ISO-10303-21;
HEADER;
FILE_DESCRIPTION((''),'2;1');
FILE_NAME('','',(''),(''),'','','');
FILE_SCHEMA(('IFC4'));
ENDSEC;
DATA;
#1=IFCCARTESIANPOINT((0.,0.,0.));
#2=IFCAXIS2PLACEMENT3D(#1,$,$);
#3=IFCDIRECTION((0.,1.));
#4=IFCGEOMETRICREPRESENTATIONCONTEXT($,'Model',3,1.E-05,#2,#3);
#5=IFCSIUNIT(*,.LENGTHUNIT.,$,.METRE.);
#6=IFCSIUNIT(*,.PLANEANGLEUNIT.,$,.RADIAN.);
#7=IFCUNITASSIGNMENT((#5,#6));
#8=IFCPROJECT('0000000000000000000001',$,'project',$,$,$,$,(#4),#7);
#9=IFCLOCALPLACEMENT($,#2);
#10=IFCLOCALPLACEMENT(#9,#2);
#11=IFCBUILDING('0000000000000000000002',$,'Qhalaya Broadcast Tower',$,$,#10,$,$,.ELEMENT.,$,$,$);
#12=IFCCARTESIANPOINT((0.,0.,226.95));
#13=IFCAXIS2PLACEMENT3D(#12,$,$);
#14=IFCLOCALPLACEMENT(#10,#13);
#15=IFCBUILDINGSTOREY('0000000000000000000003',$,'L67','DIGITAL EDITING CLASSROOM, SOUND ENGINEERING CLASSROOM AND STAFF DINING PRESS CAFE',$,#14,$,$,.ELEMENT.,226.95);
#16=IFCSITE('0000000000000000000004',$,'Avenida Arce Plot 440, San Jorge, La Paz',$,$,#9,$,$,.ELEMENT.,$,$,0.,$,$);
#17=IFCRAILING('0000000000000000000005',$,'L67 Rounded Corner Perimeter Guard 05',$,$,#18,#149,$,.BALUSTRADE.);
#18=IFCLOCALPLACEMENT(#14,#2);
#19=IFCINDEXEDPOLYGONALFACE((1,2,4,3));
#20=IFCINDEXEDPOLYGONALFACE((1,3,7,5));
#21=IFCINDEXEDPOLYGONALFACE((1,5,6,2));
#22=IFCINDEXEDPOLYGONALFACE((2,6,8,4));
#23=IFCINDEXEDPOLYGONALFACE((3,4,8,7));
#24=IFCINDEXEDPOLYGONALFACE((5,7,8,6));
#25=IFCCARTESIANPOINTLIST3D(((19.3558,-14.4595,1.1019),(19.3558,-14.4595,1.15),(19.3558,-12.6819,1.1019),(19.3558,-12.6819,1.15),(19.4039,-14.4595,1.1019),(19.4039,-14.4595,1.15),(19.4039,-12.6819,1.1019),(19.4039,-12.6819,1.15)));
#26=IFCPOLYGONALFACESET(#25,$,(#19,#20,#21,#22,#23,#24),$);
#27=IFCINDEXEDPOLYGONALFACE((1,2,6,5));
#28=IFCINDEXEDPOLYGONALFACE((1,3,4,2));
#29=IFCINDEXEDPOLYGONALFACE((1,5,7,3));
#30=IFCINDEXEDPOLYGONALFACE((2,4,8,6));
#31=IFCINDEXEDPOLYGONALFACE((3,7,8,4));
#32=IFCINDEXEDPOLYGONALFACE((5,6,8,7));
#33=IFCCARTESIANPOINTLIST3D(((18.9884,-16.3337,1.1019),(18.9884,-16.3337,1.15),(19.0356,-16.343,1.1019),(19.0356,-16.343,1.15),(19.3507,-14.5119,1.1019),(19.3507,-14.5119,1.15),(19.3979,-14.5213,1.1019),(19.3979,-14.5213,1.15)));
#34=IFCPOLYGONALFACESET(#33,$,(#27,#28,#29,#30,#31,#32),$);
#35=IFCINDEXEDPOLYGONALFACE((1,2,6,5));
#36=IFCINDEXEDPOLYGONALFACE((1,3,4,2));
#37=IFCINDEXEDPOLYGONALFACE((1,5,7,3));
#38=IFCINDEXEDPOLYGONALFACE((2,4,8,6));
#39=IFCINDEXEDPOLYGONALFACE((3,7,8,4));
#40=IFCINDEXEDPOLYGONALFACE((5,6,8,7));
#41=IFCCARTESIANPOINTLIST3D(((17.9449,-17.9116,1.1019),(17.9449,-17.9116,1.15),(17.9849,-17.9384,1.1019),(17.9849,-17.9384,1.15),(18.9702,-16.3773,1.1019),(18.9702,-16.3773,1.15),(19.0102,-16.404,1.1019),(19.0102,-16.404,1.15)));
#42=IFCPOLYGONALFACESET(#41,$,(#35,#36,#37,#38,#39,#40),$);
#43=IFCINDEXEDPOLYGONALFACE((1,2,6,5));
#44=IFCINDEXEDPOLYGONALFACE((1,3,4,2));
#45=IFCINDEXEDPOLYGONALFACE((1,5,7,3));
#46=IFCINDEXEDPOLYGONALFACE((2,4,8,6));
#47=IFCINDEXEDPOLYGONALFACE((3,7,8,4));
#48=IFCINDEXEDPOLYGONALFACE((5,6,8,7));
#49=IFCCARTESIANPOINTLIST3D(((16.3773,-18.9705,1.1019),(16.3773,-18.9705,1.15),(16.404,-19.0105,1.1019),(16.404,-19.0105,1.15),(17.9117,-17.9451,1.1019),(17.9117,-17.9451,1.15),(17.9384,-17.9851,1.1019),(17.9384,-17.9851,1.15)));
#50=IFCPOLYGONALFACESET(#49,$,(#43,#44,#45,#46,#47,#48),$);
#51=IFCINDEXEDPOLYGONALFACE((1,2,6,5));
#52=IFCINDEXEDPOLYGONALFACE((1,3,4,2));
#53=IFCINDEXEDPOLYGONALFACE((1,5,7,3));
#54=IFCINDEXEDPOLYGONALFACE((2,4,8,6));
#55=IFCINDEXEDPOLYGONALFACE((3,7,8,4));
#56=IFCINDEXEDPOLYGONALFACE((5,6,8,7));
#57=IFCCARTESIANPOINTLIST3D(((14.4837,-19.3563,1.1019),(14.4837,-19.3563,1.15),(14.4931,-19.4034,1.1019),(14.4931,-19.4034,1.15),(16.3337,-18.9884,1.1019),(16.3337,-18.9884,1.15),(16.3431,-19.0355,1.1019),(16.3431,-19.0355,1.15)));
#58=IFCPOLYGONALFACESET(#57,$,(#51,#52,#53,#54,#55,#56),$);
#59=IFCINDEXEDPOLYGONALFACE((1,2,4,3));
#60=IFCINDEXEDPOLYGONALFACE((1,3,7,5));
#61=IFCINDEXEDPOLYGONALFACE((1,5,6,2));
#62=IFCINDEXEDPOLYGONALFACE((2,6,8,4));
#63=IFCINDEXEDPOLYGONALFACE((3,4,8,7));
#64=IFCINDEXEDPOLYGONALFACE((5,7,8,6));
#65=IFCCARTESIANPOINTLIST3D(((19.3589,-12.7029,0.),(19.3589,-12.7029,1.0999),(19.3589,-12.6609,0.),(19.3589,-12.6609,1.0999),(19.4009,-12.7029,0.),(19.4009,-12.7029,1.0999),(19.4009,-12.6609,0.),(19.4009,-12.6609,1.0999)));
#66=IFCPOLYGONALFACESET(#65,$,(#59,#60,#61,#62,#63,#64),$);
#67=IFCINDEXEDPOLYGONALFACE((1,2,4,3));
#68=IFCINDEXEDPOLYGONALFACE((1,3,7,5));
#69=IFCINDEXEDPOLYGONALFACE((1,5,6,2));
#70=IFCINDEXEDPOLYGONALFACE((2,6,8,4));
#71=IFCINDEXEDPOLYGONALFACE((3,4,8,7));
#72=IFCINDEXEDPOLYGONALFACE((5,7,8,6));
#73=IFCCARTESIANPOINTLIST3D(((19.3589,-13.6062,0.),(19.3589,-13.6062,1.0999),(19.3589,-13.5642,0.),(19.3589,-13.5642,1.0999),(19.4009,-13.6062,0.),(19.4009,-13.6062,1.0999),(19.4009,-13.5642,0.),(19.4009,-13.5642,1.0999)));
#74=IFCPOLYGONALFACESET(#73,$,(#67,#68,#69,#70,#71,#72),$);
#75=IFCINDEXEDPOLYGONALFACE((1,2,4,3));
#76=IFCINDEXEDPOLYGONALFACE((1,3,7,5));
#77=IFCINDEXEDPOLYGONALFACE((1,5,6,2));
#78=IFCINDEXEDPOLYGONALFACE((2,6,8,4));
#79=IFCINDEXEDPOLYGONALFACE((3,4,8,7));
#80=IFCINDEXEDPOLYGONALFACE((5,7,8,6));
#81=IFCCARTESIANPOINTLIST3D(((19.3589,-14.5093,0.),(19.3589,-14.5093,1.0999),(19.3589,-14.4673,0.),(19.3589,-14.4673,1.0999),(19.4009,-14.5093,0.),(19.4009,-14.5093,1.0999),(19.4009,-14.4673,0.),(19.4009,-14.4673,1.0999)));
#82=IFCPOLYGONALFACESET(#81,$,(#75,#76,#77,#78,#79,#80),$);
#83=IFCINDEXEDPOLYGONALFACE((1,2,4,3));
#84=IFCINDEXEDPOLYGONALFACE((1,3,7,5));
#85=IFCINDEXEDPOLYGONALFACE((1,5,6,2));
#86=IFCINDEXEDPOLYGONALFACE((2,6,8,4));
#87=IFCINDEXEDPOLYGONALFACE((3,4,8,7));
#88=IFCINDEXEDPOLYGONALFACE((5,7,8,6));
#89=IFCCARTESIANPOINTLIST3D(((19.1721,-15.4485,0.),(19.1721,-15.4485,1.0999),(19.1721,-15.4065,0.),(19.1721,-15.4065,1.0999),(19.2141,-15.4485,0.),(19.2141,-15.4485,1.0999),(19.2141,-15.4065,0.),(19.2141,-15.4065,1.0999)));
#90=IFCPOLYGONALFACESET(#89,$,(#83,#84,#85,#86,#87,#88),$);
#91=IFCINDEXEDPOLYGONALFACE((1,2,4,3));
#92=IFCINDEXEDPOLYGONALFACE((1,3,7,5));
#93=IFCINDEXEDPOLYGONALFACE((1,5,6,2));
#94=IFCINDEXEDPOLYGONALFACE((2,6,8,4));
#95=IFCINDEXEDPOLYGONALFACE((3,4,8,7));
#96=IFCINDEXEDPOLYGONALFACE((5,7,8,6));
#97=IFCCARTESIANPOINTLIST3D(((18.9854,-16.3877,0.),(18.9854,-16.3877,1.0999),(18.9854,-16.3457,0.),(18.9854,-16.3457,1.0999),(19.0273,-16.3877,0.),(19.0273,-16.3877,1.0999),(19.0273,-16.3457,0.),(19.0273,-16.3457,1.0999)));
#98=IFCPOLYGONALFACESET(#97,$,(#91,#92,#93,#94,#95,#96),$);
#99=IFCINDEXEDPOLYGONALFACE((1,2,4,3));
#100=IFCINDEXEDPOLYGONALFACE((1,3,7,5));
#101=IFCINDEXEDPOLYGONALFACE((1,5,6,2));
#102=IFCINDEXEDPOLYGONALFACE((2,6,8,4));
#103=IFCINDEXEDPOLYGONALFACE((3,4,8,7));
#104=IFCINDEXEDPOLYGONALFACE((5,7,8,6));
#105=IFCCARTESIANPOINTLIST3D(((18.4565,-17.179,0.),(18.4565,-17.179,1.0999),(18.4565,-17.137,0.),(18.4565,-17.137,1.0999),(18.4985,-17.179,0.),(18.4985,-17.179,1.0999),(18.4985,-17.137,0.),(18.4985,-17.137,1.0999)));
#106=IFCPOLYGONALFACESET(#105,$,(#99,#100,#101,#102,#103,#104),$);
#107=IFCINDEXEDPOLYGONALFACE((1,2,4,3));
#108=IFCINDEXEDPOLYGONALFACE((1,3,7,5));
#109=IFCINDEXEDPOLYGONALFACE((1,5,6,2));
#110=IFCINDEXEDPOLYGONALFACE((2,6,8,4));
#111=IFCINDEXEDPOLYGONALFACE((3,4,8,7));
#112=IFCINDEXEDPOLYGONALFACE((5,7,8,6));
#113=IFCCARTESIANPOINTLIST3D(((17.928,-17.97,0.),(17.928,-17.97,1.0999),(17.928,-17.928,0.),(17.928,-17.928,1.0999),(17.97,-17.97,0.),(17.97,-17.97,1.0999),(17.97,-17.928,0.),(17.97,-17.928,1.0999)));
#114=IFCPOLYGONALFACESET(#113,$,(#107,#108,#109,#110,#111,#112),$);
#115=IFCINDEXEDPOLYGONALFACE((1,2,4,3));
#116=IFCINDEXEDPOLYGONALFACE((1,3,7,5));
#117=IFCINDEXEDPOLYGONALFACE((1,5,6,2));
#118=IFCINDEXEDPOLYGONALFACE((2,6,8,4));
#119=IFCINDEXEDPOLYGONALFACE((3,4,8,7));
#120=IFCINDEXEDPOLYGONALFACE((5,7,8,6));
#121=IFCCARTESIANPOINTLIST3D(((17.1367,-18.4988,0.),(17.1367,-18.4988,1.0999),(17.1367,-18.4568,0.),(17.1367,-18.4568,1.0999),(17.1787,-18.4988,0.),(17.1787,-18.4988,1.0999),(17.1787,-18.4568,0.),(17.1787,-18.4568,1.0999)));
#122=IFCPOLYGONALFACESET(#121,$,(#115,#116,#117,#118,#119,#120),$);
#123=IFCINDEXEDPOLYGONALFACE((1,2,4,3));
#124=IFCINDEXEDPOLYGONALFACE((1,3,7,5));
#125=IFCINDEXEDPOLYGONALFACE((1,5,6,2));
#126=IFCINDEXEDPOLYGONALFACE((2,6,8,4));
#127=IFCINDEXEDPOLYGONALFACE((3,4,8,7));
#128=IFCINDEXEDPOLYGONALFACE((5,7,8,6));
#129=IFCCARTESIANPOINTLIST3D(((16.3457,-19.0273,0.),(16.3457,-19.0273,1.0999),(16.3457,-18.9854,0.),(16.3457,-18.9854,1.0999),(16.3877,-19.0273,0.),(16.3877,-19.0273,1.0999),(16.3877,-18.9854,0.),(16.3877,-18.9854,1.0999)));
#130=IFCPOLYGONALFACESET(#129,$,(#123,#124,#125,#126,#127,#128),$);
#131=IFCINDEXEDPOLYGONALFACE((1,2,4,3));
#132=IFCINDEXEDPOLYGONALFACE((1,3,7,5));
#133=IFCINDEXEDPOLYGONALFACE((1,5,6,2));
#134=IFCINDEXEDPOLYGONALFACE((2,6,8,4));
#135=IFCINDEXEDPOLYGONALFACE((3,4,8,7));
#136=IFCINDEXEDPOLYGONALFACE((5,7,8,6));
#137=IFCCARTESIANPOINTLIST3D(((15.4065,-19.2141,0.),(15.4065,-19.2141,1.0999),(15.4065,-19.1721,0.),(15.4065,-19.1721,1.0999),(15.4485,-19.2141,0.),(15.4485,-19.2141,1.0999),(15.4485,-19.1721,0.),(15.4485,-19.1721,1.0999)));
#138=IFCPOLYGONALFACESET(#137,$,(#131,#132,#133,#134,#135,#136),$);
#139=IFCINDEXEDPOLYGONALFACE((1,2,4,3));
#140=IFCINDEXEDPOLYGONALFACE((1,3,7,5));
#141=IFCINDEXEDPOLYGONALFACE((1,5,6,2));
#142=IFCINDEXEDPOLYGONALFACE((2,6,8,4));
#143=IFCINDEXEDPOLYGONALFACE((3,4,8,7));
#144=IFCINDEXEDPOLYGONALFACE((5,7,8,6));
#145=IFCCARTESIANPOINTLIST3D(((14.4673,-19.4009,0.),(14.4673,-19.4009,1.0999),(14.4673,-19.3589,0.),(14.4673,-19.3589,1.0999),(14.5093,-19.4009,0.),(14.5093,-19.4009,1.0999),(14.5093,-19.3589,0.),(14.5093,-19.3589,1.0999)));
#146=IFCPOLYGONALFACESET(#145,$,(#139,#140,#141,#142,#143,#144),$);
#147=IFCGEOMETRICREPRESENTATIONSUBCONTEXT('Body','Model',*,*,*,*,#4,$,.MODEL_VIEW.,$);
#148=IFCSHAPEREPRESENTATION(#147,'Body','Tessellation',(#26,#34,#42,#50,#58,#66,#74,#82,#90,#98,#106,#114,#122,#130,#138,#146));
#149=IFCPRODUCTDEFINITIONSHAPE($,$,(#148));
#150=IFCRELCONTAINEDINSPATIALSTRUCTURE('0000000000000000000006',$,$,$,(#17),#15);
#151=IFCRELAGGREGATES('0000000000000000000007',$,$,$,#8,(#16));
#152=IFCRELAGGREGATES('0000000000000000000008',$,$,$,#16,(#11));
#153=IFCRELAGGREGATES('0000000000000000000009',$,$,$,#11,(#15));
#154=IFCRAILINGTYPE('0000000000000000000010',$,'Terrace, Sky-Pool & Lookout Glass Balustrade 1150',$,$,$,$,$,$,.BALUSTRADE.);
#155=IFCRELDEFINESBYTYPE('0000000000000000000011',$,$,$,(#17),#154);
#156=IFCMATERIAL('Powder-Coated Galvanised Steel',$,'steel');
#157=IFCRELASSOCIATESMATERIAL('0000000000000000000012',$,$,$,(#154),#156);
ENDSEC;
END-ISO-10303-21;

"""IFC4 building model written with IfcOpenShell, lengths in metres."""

from ifc_helpers import new_model, si_unit, direction, frame, origin, origin_2d, place, context, subcontext, project, spatial, rectangle, extrude, material, type_object, element, save


model = new_model("IFC4")

# Units and contexts
model_context = context("Model", 3, precision=1e-05, world=origin(), true_north=direction((0.0, 1.0)))
body_context = subcontext(model_context, "Body", "Model", "MODEL_VIEW")
ifc_project = project(units=[si_unit("LENGTHUNIT", "METRE"), si_unit("PLANEANGLEUNIT", "RADIAN")], contexts=[model_context])

# Site, building, storey
site_placement = place(None, origin())
site = spatial("IfcSite", under=ifc_project, at=site_placement, Name="Avenida Arce Plot 440, San Jorge, La Paz", CompositionType="ELEMENT", RefElevation=0.0)
building_placement = place(site_placement, origin())
building = spatial("IfcBuilding", under=site, at=building_placement, Name="Qhalaya Broadcast Tower", CompositionType="ELEMENT")
storey_placement = place(building_placement, frame((0.0, 0.0, 226.95)))
storey = spatial("IfcBuildingStorey", under=building, at=storey_placement, Name="L67", Description="DIGITAL EDITING CLASSROOM, SOUND ENGINEERING CLASSROOM AND STAFF DINING PRESS CAFE", CompositionType="ELEMENT", Elevation=226.95)

# Railing
ifc_material_1 = material(Name="Powder-Coated Galvanised Steel", Category="steel")
railing_type = type_object("IfcRailingType", Name="Terrace, Sky-Pool & Lookout Glass Balustrade 1150", PredefinedType="BALUSTRADE", material=ifc_material_1)
railing_1_placement = place(storey_placement, frame((19.3799, -12.6819, 0.0)))
element("IfcRailing", 1, at=railing_1_placement, inside=storey, type_object=railing_type, Name="L67 Rounded Corner Perimeter Guard 05", PredefinedType="BALUSTRADE", context=body_context, shape_type="SweptSolid", body=[
    extrude(rectangle(XDim=0.0481, YDim=0.0481, at=origin_2d()), frame((0.0, 0.0, 1.126), z_axis=(0.0, -1.0, 0.0), x_axis=(1.0, 0.0, 0.0)), (0.0, 0.0, 1.0), 1.7776),
    extrude(rectangle(XDim=0.0481, YDim=0.0481, at=origin_2d()), frame((-0.0056, -1.8347, 1.126), z_axis=(-0.195037, -0.980796, 0.0), x_axis=(0.980796, -0.195037, 0.0)), (0.0, 0.0, 1.0), 1.8574),
    extrude(rectangle(XDim=0.0481, YDim=0.0481, at=origin_2d()), frame((-0.3896, -3.7087, 1.126), z_axis=(-0.555618, -0.831438, 0.0), x_axis=(0.831438, -0.555618, 0.0)), (0.0, 0.0, 1.0), 1.8455),
    extrude(rectangle(XDim=0.0481, YDim=0.0481, at=origin_2d()), frame((-1.4548, -5.2832, 1.126), z_axis=(-0.831438, -0.555618, 0.0), x_axis=(0.555618, -0.831438, 0.0)), (0.0, 0.0, 1.0), 1.8455),
    extrude(rectangle(XDim=0.0481, YDim=0.0481, at=origin_2d()), frame((-3.0415, -6.3301, 1.126), z_axis=(-0.980796, -0.195037, 0.0), x_axis=(0.195037, -0.980796, 0.0)), (0.0, 0.0, 1.0), 1.8862),
    extrude(rectangle(XDim=0.042, YDim=0.042, at=origin_2d()), origin(), (0.0, 0.0, 1.0), 1.0999),
    extrude(rectangle(XDim=0.042, YDim=0.042, at=origin_2d()), frame((0.0, -0.9033, 0.0)), (0.0, 0.0, 1.0), 1.0999),
    extrude(rectangle(XDim=0.042, YDim=0.042, at=origin_2d()), frame((0.0, -1.8064, 0.0)), (0.0, 0.0, 1.0), 1.0999),
    extrude(rectangle(XDim=0.042, YDim=0.042, at=origin_2d()), frame((-0.1868, -2.7456, 0.0)), (0.0, 0.0, 1.0), 1.0999),
    extrude(rectangle(XDim=0.042, YDim=0.042, at=origin_2d()), frame((-0.3735, -3.6848, 0.0)), (0.0, 0.0, 1.0), 1.0999),
    extrude(rectangle(XDim=0.042, YDim=0.042, at=origin_2d()), frame((-0.9023, -4.4761, 0.0)), (0.0, 0.0, 1.0), 1.0999),
    extrude(rectangle(XDim=0.042, YDim=0.042, at=origin_2d()), frame((-1.4309, -5.2671, 0.0)), (0.0, 0.0, 1.0), 1.0999),
    extrude(rectangle(XDim=0.042, YDim=0.042, at=origin_2d()), frame((-2.2222, -5.7959, 0.0)), (0.0, 0.0, 1.0), 1.0999),
    extrude(rectangle(XDim=0.042, YDim=0.042, at=origin_2d()), frame((-3.0132, -6.3245, 0.0)), (0.0, 0.0, 1.0), 1.0999),
    extrude(rectangle(XDim=0.042, YDim=0.042, at=origin_2d()), frame((-3.9524, -6.5112, 0.0)), (0.0, 0.0, 1.0), 1.0999),
    extrude(rectangle(XDim=0.042, YDim=0.042, at=origin_2d()), frame((-4.8916, -6.698, 0.0)), (0.0, 0.0, 1.0), 1.0999),
])

save(model, "model.ifc")
